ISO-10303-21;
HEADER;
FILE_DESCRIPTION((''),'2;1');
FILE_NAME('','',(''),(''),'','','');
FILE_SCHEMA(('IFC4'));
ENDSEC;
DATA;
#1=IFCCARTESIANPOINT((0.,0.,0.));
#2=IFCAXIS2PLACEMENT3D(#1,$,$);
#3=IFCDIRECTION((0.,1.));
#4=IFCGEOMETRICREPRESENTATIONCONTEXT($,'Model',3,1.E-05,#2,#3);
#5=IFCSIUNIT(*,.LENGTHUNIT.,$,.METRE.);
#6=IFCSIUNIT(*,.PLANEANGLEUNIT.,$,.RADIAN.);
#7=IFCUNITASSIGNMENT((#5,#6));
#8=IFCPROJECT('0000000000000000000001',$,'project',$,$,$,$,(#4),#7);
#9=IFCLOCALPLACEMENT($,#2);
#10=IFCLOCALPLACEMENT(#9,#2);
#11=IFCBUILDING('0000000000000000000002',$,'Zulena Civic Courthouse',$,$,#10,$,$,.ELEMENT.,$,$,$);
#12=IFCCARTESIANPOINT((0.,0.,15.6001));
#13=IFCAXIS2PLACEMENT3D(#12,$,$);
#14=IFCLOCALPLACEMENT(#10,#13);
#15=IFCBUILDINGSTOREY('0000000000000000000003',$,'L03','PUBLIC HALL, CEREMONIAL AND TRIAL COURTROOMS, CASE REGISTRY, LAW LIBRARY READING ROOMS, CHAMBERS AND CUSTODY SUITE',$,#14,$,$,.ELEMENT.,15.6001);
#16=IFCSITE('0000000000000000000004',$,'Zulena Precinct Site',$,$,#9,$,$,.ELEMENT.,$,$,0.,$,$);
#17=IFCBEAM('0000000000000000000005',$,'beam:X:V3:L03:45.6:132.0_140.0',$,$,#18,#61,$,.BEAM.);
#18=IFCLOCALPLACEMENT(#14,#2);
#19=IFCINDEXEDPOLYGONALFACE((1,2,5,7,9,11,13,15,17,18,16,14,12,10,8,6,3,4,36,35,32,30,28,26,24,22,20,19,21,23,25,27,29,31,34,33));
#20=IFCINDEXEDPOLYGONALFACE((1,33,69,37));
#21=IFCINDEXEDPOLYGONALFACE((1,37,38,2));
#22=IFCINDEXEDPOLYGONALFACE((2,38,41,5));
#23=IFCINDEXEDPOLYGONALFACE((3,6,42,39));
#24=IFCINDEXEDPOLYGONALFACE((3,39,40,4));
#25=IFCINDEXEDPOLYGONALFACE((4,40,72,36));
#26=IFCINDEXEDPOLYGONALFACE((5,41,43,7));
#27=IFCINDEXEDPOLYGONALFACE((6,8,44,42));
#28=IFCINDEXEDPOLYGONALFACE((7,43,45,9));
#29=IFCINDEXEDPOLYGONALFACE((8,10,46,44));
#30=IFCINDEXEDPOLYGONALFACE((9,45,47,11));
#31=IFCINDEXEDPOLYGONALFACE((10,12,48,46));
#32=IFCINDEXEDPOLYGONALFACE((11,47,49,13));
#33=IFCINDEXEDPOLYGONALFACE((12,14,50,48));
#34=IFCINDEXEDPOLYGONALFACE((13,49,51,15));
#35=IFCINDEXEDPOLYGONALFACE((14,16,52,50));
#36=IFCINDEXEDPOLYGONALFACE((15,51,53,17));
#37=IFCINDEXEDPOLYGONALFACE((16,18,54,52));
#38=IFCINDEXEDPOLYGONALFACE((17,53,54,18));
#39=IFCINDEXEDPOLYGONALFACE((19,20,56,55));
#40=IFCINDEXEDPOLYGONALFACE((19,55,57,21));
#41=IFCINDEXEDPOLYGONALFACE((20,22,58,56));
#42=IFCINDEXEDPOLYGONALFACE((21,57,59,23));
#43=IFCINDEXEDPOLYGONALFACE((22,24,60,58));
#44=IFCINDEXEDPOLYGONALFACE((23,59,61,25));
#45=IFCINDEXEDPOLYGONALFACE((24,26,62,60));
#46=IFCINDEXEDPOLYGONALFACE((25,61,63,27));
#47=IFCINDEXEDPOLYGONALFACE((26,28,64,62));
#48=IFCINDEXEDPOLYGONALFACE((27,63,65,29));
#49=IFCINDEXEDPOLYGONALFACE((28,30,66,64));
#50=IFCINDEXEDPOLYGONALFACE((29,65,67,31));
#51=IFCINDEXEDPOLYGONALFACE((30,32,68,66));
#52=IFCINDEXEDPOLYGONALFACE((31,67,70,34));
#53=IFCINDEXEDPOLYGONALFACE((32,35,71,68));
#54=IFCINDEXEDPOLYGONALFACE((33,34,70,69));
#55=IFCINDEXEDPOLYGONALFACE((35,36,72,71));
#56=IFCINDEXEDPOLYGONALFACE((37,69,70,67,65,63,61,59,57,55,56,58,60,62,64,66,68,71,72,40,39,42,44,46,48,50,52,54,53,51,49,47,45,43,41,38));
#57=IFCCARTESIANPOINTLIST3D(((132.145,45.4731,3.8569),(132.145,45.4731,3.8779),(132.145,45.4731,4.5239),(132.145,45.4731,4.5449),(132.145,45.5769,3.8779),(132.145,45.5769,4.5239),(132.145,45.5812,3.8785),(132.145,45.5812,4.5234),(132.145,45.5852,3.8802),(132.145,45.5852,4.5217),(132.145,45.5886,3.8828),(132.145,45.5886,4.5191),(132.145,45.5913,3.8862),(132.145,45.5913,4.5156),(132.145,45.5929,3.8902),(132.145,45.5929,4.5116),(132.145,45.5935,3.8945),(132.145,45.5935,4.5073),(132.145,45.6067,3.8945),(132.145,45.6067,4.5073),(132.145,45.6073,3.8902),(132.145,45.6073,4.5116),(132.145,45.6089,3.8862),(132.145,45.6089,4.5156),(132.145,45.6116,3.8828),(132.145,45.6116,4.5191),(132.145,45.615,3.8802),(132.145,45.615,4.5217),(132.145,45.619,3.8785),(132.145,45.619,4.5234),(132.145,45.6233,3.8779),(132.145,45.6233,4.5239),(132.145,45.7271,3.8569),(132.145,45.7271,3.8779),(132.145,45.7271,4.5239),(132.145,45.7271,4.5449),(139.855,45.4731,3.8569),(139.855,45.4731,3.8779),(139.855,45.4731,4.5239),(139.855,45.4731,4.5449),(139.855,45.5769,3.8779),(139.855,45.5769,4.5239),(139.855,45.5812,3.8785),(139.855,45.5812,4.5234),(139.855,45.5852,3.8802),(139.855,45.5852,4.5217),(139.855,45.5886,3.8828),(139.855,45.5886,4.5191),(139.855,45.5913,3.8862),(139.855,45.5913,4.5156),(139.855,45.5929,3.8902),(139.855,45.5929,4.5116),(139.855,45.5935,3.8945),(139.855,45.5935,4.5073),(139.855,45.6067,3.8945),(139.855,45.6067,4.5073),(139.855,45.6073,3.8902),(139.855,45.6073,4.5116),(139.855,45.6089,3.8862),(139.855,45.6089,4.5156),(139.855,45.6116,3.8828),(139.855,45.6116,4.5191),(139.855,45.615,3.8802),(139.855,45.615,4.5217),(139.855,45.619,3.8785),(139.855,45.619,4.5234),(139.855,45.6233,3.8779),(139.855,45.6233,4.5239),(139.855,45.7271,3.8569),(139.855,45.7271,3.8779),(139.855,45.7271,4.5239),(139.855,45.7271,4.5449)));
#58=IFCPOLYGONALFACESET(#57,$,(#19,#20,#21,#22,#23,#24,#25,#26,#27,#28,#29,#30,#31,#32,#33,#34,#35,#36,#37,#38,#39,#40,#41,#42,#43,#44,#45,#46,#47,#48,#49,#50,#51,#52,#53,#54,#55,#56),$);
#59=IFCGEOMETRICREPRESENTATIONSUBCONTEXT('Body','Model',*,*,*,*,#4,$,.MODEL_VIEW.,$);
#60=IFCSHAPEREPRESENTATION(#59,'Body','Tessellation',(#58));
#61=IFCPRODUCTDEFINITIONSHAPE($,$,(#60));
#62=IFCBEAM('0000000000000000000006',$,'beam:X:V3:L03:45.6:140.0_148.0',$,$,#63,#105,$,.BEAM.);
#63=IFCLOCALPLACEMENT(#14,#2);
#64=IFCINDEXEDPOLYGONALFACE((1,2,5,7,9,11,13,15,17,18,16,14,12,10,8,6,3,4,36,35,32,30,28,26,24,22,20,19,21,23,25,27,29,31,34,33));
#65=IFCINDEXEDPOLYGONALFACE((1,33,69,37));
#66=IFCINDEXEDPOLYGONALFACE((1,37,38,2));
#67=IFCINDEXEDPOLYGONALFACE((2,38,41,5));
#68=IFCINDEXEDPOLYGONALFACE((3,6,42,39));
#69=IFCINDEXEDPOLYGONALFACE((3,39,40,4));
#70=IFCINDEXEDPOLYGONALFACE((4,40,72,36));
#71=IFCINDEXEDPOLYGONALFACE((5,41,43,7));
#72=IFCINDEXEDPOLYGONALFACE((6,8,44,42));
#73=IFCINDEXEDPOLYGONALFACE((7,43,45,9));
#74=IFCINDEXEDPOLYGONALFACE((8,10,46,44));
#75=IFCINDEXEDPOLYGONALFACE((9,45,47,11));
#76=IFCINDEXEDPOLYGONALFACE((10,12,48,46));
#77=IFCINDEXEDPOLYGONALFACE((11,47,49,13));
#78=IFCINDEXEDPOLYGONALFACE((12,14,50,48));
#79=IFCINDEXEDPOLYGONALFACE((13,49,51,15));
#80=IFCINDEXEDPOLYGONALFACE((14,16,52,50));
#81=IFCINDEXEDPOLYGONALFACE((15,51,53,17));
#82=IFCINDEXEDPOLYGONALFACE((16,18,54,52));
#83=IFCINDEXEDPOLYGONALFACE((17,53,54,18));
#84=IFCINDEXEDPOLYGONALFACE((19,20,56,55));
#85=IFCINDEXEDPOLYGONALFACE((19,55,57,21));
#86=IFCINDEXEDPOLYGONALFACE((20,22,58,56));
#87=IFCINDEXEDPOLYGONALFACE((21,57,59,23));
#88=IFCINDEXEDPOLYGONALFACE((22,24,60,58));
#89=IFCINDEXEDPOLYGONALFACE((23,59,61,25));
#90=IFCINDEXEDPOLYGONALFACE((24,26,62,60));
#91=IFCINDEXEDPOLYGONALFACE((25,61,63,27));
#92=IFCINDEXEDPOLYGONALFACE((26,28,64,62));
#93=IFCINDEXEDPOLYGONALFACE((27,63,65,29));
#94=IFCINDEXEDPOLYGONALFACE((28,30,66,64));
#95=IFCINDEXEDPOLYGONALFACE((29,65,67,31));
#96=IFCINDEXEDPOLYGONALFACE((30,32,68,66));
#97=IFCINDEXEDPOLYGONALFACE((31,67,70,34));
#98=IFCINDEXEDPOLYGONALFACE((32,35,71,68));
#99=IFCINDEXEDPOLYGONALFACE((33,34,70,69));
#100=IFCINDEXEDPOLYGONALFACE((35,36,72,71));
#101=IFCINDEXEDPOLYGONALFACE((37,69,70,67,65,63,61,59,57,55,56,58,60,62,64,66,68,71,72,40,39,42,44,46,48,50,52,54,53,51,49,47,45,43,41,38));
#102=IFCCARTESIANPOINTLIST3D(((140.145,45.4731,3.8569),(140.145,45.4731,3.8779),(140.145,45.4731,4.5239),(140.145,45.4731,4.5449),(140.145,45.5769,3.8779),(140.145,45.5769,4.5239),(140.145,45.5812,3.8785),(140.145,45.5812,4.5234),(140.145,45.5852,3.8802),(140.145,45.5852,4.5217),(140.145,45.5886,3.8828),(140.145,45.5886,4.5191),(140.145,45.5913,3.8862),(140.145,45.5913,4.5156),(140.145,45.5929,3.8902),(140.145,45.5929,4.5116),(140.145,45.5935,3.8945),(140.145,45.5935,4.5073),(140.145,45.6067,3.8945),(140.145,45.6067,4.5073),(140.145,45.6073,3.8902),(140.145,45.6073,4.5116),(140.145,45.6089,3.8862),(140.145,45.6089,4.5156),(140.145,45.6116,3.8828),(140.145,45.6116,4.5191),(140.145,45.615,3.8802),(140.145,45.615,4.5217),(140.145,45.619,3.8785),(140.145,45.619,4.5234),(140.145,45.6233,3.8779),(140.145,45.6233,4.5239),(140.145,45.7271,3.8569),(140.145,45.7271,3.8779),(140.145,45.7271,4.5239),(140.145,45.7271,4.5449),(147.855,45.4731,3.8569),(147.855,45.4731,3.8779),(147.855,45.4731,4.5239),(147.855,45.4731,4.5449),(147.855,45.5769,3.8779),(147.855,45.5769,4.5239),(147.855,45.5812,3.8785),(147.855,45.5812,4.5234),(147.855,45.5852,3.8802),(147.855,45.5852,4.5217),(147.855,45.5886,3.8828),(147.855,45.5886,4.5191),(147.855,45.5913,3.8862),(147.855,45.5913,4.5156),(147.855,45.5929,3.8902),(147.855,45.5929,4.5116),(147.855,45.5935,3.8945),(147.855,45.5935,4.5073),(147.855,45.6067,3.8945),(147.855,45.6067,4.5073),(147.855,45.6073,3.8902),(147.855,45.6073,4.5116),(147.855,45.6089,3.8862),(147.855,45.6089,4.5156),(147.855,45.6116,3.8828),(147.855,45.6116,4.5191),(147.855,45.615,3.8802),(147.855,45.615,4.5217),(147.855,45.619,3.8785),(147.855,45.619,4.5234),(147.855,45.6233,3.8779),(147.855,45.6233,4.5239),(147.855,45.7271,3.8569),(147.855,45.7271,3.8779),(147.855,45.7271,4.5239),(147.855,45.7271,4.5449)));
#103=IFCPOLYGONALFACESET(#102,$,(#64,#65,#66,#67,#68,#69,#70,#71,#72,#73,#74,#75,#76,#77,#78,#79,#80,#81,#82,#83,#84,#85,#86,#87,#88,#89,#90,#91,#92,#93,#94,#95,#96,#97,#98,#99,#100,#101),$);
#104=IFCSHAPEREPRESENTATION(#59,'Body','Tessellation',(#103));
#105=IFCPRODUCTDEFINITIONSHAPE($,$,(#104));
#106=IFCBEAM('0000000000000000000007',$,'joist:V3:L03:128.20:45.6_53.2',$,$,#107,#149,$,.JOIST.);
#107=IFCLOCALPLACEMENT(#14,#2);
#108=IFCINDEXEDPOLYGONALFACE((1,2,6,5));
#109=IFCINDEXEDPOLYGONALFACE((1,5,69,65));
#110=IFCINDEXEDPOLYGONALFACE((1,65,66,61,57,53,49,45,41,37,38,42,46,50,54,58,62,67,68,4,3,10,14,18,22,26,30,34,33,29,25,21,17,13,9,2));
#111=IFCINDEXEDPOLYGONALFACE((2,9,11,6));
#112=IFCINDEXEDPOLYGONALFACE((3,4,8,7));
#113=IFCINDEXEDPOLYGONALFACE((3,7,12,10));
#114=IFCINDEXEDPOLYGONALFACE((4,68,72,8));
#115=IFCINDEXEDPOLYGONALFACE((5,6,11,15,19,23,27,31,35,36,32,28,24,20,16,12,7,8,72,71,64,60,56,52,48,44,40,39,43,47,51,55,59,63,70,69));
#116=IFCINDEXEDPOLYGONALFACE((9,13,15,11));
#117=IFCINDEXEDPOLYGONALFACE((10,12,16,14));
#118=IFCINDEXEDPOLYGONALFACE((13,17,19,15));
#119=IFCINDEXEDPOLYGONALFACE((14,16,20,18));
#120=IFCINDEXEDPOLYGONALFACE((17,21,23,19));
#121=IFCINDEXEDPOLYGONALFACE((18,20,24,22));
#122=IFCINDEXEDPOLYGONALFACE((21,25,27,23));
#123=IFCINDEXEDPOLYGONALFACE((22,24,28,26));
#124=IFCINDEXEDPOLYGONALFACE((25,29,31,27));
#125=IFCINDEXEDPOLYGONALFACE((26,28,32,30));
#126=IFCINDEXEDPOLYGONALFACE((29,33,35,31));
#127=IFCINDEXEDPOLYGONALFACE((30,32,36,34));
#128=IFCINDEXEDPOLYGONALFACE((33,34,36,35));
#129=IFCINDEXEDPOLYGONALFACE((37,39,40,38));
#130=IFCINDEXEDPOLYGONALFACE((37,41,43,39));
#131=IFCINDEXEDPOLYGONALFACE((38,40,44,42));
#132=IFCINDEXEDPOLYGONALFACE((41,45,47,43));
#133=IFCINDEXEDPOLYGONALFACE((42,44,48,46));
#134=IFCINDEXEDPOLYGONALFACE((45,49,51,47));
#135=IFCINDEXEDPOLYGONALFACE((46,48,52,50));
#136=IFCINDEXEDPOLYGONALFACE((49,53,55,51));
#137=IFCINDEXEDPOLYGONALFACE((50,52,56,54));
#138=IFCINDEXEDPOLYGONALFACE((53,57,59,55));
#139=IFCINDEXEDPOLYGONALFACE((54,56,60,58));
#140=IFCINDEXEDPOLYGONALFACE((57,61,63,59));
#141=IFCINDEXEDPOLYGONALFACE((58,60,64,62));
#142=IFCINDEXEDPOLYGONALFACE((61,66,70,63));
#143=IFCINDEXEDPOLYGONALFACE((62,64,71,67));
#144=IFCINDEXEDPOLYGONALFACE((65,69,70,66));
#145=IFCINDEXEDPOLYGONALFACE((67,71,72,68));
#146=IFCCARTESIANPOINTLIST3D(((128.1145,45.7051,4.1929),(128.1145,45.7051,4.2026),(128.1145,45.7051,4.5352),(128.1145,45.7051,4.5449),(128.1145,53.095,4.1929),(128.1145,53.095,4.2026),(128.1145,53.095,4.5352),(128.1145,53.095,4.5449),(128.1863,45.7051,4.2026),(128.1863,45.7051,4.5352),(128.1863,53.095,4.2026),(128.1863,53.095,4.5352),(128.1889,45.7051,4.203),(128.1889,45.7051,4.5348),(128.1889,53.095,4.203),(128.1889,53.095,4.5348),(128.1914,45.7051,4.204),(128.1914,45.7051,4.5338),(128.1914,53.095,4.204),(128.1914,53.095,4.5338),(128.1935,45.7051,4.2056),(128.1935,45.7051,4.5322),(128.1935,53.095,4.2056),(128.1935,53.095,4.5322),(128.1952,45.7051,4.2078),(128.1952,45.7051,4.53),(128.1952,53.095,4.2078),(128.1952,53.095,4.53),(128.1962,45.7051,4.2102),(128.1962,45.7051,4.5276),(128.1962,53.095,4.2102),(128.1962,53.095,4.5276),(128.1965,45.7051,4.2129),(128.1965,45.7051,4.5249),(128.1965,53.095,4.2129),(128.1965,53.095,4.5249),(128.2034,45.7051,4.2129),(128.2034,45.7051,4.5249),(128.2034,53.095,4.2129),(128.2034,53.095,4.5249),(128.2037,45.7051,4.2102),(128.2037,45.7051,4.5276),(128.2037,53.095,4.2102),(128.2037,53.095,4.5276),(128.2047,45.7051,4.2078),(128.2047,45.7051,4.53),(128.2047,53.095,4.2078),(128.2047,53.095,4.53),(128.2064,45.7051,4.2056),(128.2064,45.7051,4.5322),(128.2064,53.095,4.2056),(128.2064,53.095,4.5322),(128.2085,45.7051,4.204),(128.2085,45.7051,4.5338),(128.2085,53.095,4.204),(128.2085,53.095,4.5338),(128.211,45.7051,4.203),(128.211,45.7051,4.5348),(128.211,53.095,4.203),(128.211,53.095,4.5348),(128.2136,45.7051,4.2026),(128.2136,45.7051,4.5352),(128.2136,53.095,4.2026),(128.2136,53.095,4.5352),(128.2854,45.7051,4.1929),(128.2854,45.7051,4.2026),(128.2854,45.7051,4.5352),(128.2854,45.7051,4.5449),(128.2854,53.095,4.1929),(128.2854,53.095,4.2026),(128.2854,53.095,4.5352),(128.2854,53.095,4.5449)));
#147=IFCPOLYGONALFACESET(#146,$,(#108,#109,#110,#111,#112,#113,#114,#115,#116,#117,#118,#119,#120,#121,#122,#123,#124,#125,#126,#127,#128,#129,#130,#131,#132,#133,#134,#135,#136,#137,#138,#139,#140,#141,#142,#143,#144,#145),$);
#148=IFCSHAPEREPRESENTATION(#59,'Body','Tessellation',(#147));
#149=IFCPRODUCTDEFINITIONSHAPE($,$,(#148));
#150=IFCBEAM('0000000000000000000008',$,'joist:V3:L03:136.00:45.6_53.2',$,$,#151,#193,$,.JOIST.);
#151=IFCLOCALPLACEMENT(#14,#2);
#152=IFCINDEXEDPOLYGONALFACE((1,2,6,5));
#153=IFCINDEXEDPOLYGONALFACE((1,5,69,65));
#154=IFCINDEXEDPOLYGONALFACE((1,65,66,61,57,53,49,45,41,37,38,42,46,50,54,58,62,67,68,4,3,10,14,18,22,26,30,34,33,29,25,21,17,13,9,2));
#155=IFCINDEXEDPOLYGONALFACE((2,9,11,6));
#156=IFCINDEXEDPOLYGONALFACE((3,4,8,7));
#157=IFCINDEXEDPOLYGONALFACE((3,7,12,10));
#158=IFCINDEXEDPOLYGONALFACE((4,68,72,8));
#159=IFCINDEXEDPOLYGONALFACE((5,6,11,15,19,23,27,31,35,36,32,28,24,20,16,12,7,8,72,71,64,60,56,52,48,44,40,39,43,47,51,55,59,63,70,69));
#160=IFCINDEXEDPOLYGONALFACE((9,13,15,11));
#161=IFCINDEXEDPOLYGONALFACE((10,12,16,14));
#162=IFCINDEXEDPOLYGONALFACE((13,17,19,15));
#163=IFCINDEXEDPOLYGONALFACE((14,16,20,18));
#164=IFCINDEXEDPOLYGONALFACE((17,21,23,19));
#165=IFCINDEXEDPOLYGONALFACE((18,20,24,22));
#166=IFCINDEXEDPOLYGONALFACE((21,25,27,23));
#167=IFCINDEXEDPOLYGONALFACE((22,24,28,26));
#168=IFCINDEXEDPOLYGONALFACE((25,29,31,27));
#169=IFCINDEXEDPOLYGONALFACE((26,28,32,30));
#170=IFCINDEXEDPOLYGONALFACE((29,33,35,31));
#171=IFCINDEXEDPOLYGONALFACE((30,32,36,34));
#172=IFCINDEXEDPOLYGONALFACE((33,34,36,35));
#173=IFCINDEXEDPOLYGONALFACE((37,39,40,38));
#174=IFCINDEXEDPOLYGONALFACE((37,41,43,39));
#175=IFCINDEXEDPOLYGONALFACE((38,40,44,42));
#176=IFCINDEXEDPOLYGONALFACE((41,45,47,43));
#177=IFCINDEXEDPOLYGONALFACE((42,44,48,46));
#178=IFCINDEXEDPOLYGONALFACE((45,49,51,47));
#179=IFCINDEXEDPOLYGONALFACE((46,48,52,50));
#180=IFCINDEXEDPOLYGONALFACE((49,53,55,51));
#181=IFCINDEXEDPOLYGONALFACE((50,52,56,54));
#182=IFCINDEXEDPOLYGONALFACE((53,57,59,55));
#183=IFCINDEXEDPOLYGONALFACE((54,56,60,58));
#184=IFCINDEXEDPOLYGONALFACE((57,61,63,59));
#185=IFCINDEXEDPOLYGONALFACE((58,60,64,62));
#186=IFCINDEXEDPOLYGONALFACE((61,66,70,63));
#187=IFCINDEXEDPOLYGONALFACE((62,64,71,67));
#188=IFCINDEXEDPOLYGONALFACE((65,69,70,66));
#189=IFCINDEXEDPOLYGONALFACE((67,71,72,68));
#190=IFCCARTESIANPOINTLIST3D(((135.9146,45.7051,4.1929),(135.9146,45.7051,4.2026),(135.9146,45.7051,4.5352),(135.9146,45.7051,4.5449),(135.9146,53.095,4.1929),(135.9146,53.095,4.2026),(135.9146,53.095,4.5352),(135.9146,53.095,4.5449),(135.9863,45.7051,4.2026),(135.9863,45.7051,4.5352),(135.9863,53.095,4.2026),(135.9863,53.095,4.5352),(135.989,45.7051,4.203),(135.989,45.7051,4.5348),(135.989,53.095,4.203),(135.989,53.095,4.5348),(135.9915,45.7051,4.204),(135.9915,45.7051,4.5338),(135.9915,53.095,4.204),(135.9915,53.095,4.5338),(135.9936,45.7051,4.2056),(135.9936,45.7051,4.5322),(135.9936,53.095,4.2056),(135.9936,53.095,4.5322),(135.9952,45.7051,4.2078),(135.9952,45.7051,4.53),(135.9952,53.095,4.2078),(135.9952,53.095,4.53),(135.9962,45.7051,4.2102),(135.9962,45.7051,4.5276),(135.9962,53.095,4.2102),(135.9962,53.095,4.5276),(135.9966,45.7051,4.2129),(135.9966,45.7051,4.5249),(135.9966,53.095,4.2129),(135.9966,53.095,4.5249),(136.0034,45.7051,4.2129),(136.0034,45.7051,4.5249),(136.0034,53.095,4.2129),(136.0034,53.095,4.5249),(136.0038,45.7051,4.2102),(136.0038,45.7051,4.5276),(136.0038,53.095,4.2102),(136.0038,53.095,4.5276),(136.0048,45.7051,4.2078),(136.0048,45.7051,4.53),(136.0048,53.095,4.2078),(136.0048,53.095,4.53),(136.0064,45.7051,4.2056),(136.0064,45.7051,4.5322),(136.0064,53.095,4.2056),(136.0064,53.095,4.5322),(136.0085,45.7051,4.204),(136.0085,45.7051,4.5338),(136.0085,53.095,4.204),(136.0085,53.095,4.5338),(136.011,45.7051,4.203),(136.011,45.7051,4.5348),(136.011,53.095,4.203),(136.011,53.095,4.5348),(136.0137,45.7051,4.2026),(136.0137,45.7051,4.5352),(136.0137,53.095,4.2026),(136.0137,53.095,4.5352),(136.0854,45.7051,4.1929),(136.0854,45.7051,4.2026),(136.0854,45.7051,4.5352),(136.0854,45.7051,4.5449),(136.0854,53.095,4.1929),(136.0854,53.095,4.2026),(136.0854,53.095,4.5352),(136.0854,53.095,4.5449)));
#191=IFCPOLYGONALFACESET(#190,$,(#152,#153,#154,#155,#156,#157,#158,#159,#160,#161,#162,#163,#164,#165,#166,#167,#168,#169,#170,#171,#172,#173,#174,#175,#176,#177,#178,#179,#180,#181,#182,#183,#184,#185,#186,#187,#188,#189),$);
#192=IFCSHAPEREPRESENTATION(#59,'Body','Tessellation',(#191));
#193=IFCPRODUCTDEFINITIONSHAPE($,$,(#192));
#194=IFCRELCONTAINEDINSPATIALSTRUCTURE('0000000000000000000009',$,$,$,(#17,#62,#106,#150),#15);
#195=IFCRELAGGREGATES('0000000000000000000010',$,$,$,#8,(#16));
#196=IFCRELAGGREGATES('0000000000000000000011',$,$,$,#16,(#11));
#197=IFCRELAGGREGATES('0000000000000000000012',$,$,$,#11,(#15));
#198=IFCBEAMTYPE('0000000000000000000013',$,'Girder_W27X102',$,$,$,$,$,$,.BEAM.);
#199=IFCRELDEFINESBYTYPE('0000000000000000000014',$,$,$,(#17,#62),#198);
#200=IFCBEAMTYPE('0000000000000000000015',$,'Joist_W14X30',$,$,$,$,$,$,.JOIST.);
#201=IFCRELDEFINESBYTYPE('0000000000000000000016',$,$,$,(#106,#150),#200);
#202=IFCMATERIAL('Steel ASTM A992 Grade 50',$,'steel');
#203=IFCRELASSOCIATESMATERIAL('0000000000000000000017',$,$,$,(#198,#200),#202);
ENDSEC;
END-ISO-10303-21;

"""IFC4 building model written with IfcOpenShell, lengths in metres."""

from ifc_helpers import new_model, si_unit, direction, frame, origin, origin_2d, place, context, subcontext, project, spatial, i_section, extrude, material, material_profile, profile_set, type_object, element, save


model = new_model("IFC4")

# Units and contexts
model_context = context("Model", 3, precision=1e-05, world=origin(), true_north=direction((0.0, 1.0)))
body_context = subcontext(model_context, "Body", "Model", "MODEL_VIEW")
ifc_project = project(units=[si_unit("LENGTHUNIT", "METRE"), si_unit("PLANEANGLEUNIT", "RADIAN")], contexts=[model_context])

# Site, building, storey
site_placement = place(None, origin())
site = spatial("IfcSite", under=ifc_project, at=site_placement, Name="Zulena Precinct Site", CompositionType="ELEMENT", RefElevation=0.0)
building_placement = place(site_placement, origin())
building = spatial("IfcBuilding", under=site, at=building_placement, Name="Zulena Civic Courthouse", CompositionType="ELEMENT")
storey_placement = place(building_placement, frame((0.0, 0.0, 15.6001)))
storey = spatial("IfcBuildingStorey", under=building, at=storey_placement, Name="L03", Description="PUBLIC HALL, CEREMONIAL AND TRIAL COURTROOMS, CASE REGISTRY, LAW LIBRARY READING ROOMS, CHAMBERS AND CUSTODY SUITE", CompositionType="ELEMENT", Elevation=15.6001)

# Shared definitions
ifc_material_1 = material(Name="Steel ASTM A992 Grade 50", Category="steel")

# Beams
ifc_material_profile_1 = material_profile(ifc_material_1, i_section(OverallWidth=0.2539, OverallDepth=0.688, WebThickness=0.0132, FlangeThickness=0.021, FilletRadius=0.0166, at=origin_2d()), Name="W27X102")
ifc_profile_set_1 = profile_set([ifc_material_profile_1], Name="Steel ASTM A992 Grade 50")
beam_type_1 = type_object("IfcBeamType", Name="Girder_W27X102", PredefinedType="BEAM", material=ifc_profile_set_1)
for number, where, z_axis, x_axis, name in (
    (1, (132.145, 45.6001, 4.2009), (1.0, 0.0, 0.0), (0.0, 1.0, 0.0), "beam:X:V3:L03:45.6:132.0_140.0"),
    (2, (140.145, 45.6001, 4.2009), (1.0, 0.0, 0.0), (0.0, 1.0, 0.0), "beam:X:V3:L03:45.6:140.0_148.0"),
):
    element("IfcBeam", number, at=place(storey_placement, frame(where, z_axis=z_axis, x_axis=x_axis)), inside=storey, type_object=beam_type_1, Name=name, PredefinedType="BEAM", context=body_context, shape_type="SweptSolid", body=[
        extrude(i_section(OverallWidth=0.2539, OverallDepth=0.688, WebThickness=0.0132, FlangeThickness=0.021, FilletRadius=0.0166, at=origin_2d()), origin(), (0.0, 0.0, 1.0), 7.71),
    ])
ifc_material_profile_2 = material_profile(ifc_material_1, i_section(OverallWidth=0.1709, OverallDepth=0.3521, WebThickness=0.0068, FlangeThickness=0.0098, FilletRadius=0.0103, at=origin_2d()), Name="W14X30")
ifc_profile_set_2 = profile_set([ifc_material_profile_2], Name="Steel ASTM A992 Grade 50")
beam_type_2 = type_object("IfcBeamType", Name="Joist_W14X30", PredefinedType="JOIST", material=ifc_profile_set_2)
for number, where, z_axis, x_axis, name in (
    (3, (128.2, 45.7051, 4.3689), (0.0, 1.0, 0.0), (-1.0, 0.0, 0.0), "joist:V3:L03:128.20:45.6_53.2"),
    (4, (136.0, 45.7051, 4.3689), (0.0, 1.0, 0.0), (-1.0, 0.0, 0.0), "joist:V3:L03:136.00:45.6_53.2"),
):
    element("IfcBeam", number, at=place(storey_placement, frame(where, z_axis=z_axis, x_axis=x_axis)), inside=storey, type_object=beam_type_2, Name=name, PredefinedType="JOIST", context=body_context, shape_type="SweptSolid", body=[
        extrude(i_section(OverallWidth=0.1709, OverallDepth=0.3521, WebThickness=0.0068, FlangeThickness=0.0098, FilletRadius=0.0103, at=origin_2d()), origin(), (0.0, 0.0, 1.0), 7.3899),
    ])

save(model, "model.ifc")
